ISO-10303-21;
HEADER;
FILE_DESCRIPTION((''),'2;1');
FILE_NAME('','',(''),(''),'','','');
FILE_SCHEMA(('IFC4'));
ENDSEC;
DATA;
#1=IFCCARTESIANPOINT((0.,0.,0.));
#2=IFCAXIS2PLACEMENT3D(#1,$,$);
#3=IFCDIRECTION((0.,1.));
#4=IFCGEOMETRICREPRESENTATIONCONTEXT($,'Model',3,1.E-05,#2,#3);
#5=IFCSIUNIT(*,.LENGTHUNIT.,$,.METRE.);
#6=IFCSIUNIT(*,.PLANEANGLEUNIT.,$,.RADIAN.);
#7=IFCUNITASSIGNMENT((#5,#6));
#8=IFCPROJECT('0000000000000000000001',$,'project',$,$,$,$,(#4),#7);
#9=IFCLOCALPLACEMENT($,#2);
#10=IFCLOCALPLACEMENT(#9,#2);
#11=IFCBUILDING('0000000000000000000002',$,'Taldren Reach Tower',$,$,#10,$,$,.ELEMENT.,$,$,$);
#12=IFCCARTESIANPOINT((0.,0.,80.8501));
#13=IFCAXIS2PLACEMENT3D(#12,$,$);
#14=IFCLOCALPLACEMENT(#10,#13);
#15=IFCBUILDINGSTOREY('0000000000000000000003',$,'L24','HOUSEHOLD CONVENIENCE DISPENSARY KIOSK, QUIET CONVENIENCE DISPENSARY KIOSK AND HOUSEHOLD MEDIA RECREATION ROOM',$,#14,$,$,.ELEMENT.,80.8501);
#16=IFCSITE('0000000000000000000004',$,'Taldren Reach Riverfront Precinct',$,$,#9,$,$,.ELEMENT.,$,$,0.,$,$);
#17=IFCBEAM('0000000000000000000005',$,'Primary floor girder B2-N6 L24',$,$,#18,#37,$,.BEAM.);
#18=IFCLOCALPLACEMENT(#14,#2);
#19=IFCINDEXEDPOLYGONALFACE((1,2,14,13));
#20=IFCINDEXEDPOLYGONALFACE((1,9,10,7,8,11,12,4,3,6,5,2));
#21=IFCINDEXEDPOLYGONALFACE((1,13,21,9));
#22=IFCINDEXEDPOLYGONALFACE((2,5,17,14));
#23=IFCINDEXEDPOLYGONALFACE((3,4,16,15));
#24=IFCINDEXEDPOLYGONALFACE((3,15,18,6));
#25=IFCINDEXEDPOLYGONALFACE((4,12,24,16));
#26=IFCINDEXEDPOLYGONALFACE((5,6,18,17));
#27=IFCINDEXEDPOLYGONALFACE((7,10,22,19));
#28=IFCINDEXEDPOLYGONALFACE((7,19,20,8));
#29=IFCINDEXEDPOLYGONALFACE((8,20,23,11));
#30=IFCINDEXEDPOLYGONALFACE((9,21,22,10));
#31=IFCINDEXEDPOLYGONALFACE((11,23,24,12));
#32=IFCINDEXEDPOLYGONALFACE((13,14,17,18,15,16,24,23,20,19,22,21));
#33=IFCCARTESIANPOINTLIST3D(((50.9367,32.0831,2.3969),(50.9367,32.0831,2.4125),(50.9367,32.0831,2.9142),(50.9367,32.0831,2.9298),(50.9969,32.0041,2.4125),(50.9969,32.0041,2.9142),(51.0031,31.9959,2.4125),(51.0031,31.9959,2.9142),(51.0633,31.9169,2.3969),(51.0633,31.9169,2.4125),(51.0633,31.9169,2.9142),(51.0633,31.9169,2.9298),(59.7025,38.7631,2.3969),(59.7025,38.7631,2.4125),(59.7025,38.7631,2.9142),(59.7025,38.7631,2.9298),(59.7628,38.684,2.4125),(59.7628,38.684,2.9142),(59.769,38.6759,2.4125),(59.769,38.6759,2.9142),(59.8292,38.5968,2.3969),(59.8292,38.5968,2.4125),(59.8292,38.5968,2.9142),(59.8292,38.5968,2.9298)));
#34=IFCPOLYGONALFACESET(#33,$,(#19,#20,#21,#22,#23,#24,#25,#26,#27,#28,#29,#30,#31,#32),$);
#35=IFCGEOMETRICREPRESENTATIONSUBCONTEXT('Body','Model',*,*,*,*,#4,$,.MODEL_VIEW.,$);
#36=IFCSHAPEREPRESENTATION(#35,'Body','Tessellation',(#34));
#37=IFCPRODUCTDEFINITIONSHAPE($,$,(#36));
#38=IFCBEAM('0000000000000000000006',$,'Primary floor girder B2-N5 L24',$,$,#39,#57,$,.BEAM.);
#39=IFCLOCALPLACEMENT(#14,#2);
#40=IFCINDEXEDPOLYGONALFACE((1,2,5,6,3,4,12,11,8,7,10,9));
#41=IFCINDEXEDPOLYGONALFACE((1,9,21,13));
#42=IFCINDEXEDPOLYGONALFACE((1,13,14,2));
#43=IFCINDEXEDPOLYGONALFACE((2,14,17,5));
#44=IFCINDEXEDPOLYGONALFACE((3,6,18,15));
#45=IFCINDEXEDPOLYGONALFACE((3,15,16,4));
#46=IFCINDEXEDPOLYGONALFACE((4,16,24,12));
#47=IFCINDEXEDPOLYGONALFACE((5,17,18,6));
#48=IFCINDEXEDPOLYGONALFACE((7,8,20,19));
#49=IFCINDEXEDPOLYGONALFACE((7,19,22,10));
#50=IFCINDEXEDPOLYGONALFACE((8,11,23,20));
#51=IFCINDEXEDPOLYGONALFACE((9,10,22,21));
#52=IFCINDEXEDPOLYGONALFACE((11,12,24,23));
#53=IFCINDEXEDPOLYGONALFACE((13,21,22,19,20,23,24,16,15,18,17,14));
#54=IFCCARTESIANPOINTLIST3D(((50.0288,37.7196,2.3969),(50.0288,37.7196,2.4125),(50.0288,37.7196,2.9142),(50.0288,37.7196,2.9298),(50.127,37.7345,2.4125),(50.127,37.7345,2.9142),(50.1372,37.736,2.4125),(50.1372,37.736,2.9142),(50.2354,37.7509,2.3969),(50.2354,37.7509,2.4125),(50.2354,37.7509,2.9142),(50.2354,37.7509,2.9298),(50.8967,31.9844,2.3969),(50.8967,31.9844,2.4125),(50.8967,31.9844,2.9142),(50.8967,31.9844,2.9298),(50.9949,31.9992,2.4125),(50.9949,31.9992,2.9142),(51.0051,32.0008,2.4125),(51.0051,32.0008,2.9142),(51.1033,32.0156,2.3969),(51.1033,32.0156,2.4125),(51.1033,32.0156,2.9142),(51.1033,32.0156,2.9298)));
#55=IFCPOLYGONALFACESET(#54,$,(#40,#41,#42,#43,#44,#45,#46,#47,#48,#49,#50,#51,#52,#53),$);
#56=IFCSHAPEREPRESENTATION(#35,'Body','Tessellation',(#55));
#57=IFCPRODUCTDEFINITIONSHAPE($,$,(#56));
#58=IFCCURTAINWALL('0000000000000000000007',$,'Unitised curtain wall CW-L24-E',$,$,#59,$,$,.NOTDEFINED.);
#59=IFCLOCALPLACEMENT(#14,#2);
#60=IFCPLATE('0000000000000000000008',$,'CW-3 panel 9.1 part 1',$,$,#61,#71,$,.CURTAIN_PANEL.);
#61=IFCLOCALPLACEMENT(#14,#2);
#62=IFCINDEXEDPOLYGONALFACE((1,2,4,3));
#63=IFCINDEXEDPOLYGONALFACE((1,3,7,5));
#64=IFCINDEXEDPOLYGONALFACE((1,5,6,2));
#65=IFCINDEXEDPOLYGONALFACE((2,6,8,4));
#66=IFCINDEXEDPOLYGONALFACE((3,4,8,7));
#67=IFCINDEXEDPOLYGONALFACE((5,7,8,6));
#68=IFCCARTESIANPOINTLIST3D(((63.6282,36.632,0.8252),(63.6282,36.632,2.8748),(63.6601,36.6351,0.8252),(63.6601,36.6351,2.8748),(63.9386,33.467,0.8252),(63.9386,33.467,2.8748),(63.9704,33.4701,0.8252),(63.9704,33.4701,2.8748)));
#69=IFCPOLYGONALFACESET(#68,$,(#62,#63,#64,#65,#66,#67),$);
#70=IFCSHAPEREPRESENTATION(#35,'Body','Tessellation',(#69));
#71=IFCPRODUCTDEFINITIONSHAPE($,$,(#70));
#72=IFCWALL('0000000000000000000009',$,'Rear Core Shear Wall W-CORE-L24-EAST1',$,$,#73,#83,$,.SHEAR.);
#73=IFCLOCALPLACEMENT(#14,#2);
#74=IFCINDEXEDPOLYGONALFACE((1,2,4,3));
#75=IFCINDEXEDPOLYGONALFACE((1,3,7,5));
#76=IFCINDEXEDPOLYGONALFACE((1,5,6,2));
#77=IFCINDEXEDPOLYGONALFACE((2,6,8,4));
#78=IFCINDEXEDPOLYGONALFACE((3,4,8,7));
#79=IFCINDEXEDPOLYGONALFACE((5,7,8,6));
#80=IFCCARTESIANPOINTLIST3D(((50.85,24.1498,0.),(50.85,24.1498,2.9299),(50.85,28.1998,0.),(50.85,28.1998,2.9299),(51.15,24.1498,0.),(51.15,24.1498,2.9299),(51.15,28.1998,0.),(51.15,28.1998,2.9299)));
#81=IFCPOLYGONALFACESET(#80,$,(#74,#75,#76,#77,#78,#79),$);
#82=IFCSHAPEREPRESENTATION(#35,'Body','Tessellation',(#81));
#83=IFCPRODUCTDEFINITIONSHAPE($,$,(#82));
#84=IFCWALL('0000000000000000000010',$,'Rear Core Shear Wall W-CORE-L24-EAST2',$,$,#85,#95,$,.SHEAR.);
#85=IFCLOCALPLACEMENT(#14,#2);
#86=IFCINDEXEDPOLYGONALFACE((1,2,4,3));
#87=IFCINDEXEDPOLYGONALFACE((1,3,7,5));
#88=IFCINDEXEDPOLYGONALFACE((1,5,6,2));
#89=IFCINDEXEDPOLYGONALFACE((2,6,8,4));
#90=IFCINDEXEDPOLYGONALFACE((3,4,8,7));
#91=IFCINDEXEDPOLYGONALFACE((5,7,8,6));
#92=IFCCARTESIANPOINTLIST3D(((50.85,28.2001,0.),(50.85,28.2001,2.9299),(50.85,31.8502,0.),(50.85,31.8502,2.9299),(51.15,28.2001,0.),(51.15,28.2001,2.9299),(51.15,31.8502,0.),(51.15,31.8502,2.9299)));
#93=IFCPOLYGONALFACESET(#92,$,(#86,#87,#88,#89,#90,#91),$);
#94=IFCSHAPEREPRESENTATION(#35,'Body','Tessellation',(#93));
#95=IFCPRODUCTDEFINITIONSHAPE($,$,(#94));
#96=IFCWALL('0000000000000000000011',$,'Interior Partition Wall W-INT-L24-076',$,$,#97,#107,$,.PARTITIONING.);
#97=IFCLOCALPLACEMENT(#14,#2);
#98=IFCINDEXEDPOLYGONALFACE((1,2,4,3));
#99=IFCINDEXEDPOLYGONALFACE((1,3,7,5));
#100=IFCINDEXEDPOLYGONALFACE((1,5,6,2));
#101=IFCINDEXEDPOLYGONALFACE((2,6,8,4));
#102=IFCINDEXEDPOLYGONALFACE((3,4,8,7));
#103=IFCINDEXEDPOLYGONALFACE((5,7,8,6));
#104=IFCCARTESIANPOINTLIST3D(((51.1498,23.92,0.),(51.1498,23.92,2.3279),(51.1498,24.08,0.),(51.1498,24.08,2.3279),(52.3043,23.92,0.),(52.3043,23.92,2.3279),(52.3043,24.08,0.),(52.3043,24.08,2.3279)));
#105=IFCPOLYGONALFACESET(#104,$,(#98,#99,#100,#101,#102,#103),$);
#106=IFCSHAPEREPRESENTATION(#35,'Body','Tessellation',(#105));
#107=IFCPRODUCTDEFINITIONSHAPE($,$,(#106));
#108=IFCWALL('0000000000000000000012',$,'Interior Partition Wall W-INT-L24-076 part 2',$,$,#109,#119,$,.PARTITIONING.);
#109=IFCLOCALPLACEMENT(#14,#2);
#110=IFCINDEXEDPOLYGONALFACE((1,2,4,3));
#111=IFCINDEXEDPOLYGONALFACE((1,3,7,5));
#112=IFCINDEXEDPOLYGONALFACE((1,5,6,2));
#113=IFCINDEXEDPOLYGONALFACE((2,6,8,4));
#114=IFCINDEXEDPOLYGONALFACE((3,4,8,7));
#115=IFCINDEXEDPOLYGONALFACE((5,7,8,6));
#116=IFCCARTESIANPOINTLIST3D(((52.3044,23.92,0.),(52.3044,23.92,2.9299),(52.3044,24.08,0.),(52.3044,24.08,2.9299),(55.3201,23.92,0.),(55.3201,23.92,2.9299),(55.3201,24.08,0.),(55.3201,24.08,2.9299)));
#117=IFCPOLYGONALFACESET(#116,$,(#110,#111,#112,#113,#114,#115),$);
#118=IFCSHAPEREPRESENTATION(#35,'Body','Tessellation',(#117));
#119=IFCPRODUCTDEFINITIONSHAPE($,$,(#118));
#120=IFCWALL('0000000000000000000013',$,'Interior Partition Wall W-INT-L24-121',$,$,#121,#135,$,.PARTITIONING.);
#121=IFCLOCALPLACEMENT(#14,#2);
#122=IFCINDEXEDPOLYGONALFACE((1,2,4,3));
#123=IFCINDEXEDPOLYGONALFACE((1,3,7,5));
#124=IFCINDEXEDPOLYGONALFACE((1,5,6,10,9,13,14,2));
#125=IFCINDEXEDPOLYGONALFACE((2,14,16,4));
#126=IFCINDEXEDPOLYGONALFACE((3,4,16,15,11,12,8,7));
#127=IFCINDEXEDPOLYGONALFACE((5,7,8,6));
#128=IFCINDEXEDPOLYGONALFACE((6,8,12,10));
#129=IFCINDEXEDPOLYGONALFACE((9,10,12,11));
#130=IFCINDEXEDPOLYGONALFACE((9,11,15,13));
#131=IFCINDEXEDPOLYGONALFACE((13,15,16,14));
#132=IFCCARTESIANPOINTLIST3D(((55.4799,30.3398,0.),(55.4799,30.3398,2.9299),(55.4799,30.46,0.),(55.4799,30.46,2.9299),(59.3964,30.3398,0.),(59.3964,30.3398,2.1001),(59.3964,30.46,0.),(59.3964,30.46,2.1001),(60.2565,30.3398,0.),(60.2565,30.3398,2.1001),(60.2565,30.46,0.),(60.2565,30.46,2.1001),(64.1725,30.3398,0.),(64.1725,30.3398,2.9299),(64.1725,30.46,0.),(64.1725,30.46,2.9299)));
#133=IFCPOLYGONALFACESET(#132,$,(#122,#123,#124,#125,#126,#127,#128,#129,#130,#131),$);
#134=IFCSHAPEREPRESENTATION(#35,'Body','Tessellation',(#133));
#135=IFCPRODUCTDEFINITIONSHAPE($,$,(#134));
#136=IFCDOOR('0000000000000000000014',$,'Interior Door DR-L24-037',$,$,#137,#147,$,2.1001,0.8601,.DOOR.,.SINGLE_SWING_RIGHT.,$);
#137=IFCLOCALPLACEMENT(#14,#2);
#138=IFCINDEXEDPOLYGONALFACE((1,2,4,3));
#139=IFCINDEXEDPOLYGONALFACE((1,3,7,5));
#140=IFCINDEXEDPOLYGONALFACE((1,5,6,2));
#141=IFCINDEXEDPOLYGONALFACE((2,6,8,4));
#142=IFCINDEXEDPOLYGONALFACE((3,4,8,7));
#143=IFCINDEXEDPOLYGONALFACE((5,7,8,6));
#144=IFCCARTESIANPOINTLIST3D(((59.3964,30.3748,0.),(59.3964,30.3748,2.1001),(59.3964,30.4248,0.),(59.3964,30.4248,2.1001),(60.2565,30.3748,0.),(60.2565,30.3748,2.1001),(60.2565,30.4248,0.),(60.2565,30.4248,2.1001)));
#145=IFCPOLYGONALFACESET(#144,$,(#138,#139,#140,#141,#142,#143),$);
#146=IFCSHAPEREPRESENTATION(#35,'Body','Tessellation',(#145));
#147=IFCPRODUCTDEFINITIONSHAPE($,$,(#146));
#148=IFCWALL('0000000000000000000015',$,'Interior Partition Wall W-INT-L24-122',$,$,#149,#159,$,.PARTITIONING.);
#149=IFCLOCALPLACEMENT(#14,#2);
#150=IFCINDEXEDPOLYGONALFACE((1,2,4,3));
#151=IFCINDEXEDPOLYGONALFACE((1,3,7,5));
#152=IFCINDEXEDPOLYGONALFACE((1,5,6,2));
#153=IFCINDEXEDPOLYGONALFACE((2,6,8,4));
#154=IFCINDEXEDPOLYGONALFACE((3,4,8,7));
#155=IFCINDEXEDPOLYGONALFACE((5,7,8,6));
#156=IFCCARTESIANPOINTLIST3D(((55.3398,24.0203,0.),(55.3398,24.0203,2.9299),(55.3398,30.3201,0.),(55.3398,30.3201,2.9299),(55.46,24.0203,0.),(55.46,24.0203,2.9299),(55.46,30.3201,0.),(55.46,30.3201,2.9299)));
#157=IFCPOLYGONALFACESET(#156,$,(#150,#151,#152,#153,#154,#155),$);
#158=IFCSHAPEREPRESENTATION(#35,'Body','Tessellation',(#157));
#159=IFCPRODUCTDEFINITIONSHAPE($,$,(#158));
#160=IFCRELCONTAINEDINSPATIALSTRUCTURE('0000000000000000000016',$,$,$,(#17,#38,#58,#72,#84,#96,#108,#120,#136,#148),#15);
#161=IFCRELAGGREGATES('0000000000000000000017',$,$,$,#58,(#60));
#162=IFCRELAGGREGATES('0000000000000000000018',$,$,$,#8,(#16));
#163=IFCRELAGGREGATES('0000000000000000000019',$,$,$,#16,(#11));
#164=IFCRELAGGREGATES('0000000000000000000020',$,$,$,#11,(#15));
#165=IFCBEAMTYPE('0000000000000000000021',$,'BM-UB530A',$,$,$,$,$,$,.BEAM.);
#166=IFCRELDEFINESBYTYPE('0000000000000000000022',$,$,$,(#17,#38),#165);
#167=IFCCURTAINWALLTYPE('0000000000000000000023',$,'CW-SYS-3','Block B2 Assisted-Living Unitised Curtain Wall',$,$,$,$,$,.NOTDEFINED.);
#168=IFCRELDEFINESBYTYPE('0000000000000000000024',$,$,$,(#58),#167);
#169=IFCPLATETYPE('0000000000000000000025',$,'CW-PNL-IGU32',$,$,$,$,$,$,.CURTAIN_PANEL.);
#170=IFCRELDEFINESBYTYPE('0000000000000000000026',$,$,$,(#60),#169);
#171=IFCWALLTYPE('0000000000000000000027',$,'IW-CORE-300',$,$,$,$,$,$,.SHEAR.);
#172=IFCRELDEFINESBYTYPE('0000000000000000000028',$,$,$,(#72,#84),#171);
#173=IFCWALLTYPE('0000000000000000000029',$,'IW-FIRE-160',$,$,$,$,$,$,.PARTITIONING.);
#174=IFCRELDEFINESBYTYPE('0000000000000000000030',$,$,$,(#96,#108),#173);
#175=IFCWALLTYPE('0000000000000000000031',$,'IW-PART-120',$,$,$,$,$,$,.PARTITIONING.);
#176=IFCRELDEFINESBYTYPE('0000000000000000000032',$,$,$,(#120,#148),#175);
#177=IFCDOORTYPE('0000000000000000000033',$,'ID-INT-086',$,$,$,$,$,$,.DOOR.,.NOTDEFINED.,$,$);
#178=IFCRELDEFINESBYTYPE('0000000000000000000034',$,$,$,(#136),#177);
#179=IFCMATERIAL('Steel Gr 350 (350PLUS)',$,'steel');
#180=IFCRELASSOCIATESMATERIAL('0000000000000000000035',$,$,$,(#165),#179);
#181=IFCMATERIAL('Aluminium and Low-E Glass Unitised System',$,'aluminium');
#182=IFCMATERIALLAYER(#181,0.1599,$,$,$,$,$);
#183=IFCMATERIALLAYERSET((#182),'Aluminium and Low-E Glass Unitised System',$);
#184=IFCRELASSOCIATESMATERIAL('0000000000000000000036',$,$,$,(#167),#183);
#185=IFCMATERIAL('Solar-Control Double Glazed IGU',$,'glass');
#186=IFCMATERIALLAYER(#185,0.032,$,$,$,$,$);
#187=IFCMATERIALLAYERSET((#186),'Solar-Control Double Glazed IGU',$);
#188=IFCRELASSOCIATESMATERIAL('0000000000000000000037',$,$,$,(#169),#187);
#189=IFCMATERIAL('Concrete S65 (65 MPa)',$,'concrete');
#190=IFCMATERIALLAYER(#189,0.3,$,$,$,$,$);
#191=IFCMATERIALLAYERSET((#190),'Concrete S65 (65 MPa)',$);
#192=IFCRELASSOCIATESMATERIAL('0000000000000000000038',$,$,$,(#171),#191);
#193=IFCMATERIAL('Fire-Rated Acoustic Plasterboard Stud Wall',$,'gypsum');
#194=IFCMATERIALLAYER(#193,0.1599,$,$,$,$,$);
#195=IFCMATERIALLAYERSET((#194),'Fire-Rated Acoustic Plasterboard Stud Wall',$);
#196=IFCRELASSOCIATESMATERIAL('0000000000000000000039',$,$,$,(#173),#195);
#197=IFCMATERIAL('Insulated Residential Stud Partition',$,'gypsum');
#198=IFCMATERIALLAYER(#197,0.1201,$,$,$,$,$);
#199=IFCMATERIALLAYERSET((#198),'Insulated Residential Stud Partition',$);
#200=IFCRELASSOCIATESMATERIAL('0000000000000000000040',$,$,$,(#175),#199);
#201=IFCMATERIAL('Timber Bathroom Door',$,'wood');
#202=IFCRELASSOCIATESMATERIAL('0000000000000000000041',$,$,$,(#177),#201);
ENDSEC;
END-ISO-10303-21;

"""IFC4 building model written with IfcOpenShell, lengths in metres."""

from ifc_helpers import new_model, si_unit, direction, frame, frame_2d, origin, origin_2d, place, context, subcontext, project, spatial, rectangle, i_section, extrude, source, transform, mapped, material, layer, layer_set, material_profile, profile_set, type_object, element, fill, aggregate, save


model = new_model("IFC4")

# Units and contexts
model_context = context("Model", 3, precision=1e-05, world=origin(), true_north=direction((0.0, 1.0)))
body_context = subcontext(model_context, "Body", "Model", "MODEL_VIEW")
ifc_project = project(units=[si_unit("LENGTHUNIT", "METRE"), si_unit("PLANEANGLEUNIT", "RADIAN")], contexts=[model_context])

# Site, building, storey
site_placement = place(None, origin())
site = spatial("IfcSite", under=ifc_project, at=site_placement, Name="Taldren Reach Riverfront Precinct", CompositionType="ELEMENT", RefElevation=0.0)
building_placement = place(site_placement, origin())
building = spatial("IfcBuilding", under=site, at=building_placement, Name="Taldren Reach Tower", CompositionType="ELEMENT")
storey_placement = place(building_placement, frame((0.0, 0.0, 80.8501)))
storey = spatial("IfcBuildingStorey", under=building, at=storey_placement, Name="L24", Description="HOUSEHOLD CONVENIENCE DISPENSARY KIOSK, QUIET CONVENIENCE DISPENSARY KIOSK AND HOUSEHOLD MEDIA RECREATION ROOM", CompositionType="ELEMENT", Elevation=80.8501)

# Shared definitions
ifc_material_1 = material(Name="Concrete S65 (65 MPa)", Category="concrete")
ifc_material_2 = material(Name="Steel Gr 350 (350PLUS)", Category="steel")

# Beams
ifc_material_profile_1 = material_profile(ifc_material_2, i_section(OverallWidth=0.209, OverallDepth=0.533, WebThickness=0.0103, FlangeThickness=0.0156, at=origin_2d()), Name="530UB92.4")
ifc_profile_set_1 = profile_set([ifc_material_profile_1], Name="Steel Gr 350 (350PLUS)")
beam_type_1 = type_object("IfcBeamType", Name="BM-UB530A", PredefinedType="BEAM", material=ifc_profile_set_1)
shared_shape_1 = source(origin(), body_context, "Body", "SweptSolid", [
    extrude(i_section(OverallWidth=0.209, OverallDepth=0.533, WebThickness=0.0103, FlangeThickness=0.0156, at=origin_2d()), origin(), (0.0, 0.0, 1.0), 11.021),
])
beam_1_placement = place(storey_placement, frame((51.0, 32.0, 2.6633), z_axis=(0.79538, 0.606111, 0.0), x_axis=(-0.606111, 0.79538, 0.0)))
element("IfcBeam", 1, at=beam_1_placement, inside=storey, type_object=beam_type_1, Name="Primary floor girder B2-N6 L24", PredefinedType="BEAM", context=body_context, shape_type="MappedRepresentation", body=[
    mapped(shared_shape_1, transform((0.0, 0.0, 0.0), scale=1.0)),
])
shared_shape_2 = source(origin(), body_context, "Body", "SweptSolid", [
    extrude(i_section(OverallWidth=0.209, OverallDepth=0.533, WebThickness=0.0103, FlangeThickness=0.0156, at=origin_2d()), origin(), (0.0, 0.0, 1.0), 5.8005),
])
beam_2_placement = place(storey_placement, frame((51.0, 32.0, 2.6633), z_axis=(-0.149625, 0.988743, 0.0), x_axis=(-0.988743, -0.149625, 0.0)))
element("IfcBeam", 2, at=beam_2_placement, inside=storey, type_object=beam_type_1, Name="Primary floor girder B2-N5 L24", PredefinedType="BEAM", context=body_context, shape_type="MappedRepresentation", body=[
    mapped(shared_shape_2, transform((0.0, 0.0, 0.0), scale=1.0)),
])

# Curtain wall, plate
ifc_material_3 = material(Name="Aluminium and Low-E Glass Unitised System", Category="aluminium")
ifc_layer_1 = layer(ifc_material_3, 0.1599)
ifc_layer_set_1 = layer_set([ifc_layer_1], Name="Aluminium and Low-E Glass Unitised System")
curtain_wall_type = type_object("IfcCurtainWallType", Name="CW-SYS-3", Description="Block B2 Assisted-Living Unitised Curtain Wall", PredefinedType="NOTDEFINED", material=ifc_layer_set_1)
curtain_wall_placement = place(storey_placement, origin())
curtain_wall = element("IfcCurtainWall", 3, at=curtain_wall_placement, inside=storey, type_object=curtain_wall_type, Name="Unitised curtain wall CW-L24-E", PredefinedType="NOTDEFINED")
ifc_material_4 = material(Name="Solar-Control Double Glazed IGU", Category="glass")
ifc_layer_2 = layer(ifc_material_4, 0.032)
ifc_layer_set_2 = layer_set([ifc_layer_2], Name="Solar-Control Double Glazed IGU")
plate_type = type_object("IfcPlateType", Name="CW-PNL-IGU32", PredefinedType="CURTAIN_PANEL", material=ifc_layer_set_2)
shared_shape_3 = source(origin(), body_context, "Body", "SweptSolid", [
    extrude(rectangle(XDim=3.1802, YDim=0.032, at=origin_2d()), origin(), (0.0, 0.0, 1.0), 2.0496),
])
plate_placement = place(storey_placement, frame((63.7993, 35.051, 0.8252), z_axis=(0.0, 0.0, 1.0), x_axis=(-0.097583, 0.995227, 0.0)))
plate = element("IfcPlate", 4, at=plate_placement, type_object=plate_type, Name="CW-3 panel 9.1 part 1", PredefinedType="CURTAIN_PANEL", context=body_context, shape_type="MappedRepresentation", body=[
    mapped(shared_shape_3, transform((0.0, 0.0, 0.0), scale=1.0)),
])
aggregate(curtain_wall, [plate])

# Walls
ifc_layer_3 = layer(ifc_material_1, 0.3)
ifc_layer_set_3 = layer_set([ifc_layer_3], Name="Concrete S65 (65 MPa)")
wall_type_1 = type_object("IfcWallType", Name="IW-CORE-300", PredefinedType="SHEAR", material=ifc_layer_set_3)
shared_shape_4 = source(origin(), body_context, "Body", "SweptSolid", [
    extrude(rectangle(XDim=4.05, YDim=0.3, at=frame_2d((2.0249, 0.0))), origin(), (0.0, 0.0, 1.0), 2.9299),
])
wall_1_placement = place(storey_placement, frame((51.0, 24.1499, 0.0), z_axis=(0.0, 0.0, 1.0), x_axis=(0.0, 1.0, 0.0)))
element("IfcWall", 5, at=wall_1_placement, inside=storey, type_object=wall_type_1, Name="Rear Core Shear Wall W-CORE-L24-EAST1", PredefinedType="SHEAR", context=body_context, shape_type="MappedRepresentation", body=[
    mapped(shared_shape_4, transform((0.0, 0.0, 0.0), scale=1.0)),
])
shared_shape_5 = source(origin(), body_context, "Body", "SweptSolid", [
    extrude(rectangle(XDim=3.6501, YDim=0.3, at=frame_2d((1.8252, 0.0))), origin(), (0.0, 0.0, 1.0), 2.9299),
])
wall_2_placement = place(storey_placement, frame((51.0, 28.2, 0.0), z_axis=(0.0, 0.0, 1.0), x_axis=(0.0, 1.0, 0.0)))
element("IfcWall", 6, at=wall_2_placement, inside=storey, type_object=wall_type_1, Name="Rear Core Shear Wall W-CORE-L24-EAST2", PredefinedType="SHEAR", context=body_context, shape_type="MappedRepresentation", body=[
    mapped(shared_shape_5, transform((0.0, 0.0, 0.0), scale=1.0)),
])
ifc_material_5 = material(Name="Fire-Rated Acoustic Plasterboard Stud Wall", Category="gypsum")
ifc_layer_4 = layer(ifc_material_5, 0.1599)
ifc_layer_set_4 = layer_set([ifc_layer_4], Name="Fire-Rated Acoustic Plasterboard Stud Wall")
wall_type_2 = type_object("IfcWallType", Name="IW-FIRE-160", PredefinedType="PARTITIONING", material=ifc_layer_set_4)
shared_shape_6 = source(origin(), body_context, "Body", "SweptSolid", [
    extrude(rectangle(XDim=1.1545, YDim=0.1599, at=frame_2d((0.5771, 0.0))), origin(), (0.0, 0.0, 1.0), 2.3279),
])
wall_3_placement = place(storey_placement, frame((51.1499, 24.0, 0.0), z_axis=(0.0, 0.0, 1.0), x_axis=(1.0, 0.0, 0.0)))
element("IfcWall", 7, at=wall_3_placement, inside=storey, type_object=wall_type_2, Name="Interior Partition Wall W-INT-L24-076", PredefinedType="PARTITIONING", context=body_context, shape_type="MappedRepresentation", body=[
    mapped(shared_shape_6, transform((0.0, 0.0, 0.0), scale=1.0)),
])
shared_shape_7 = source(origin(), body_context, "Body", "SweptSolid", [
    extrude(rectangle(XDim=3.0156, YDim=0.1599, at=frame_2d((1.5078, 0.0))), origin(), (0.0, 0.0, 1.0), 2.9299),
])
wall_4_placement = place(storey_placement, frame((52.3044, 24.0, 0.0), z_axis=(0.0, 0.0, 1.0), x_axis=(1.0, 0.0, 0.0)))
element("IfcWall", 8, at=wall_4_placement, inside=storey, type_object=wall_type_2, Name="Interior Partition Wall W-INT-L24-076 part 2", PredefinedType="PARTITIONING", context=body_context, shape_type="MappedRepresentation", body=[
    mapped(shared_shape_7, transform((0.0, 0.0, 0.0), scale=1.0)),
])

# Wall, opening, door
ifc_material_6 = material(Name="Insulated Residential Stud Partition", Category="gypsum")
ifc_layer_5 = layer(ifc_material_6, 0.1201)
ifc_layer_set_5 = layer_set([ifc_layer_5], Name="Insulated Residential Stud Partition")
wall_type_3 = type_object("IfcWallType", Name="IW-PART-120", PredefinedType="PARTITIONING", material=ifc_layer_set_5)
shared_shape_8 = source(origin(), body_context, "Body", "SweptSolid", [
    extrude(rectangle(XDim=8.6926, YDim=0.1201, at=frame_2d((4.3462, 0.0))), origin(), (0.0, 0.0, 1.0), 2.9299),
])
wall_5_placement = place(storey_placement, frame((55.48, 30.3999, 0.0), z_axis=(0.0, 0.0, 1.0), x_axis=(1.0, 0.0, 0.0)))
wall_5 = element("IfcWall", 9, at=wall_5_placement, inside=storey, type_object=wall_type_3, Name="Interior Partition Wall W-INT-L24-121", PredefinedType="PARTITIONING", context=body_context, shape_type="MappedRepresentation", body=[
    mapped(shared_shape_8, transform((0.0, 0.0, 0.0), scale=1.0)),
])
shared_shape_9 = source(origin(), body_context, "Body", "SweptSolid", [
    extrude(rectangle(XDim=0.8601, YDim=2.1001, at=frame_2d((0.4302, 1.05))), frame((0.0, 0.0701, 0.0), z_axis=(0.0, -1.0, 0.0), x_axis=(1.0, 0.0, 0.0)), (0.0, 0.0, 1.0), 0.1401),
])
opening_placement = place(wall_5_placement, frame((3.9163, 0.0, 0.0)))
opening = element("IfcOpeningElement", 10, at=opening_placement, cuts=wall_5, PredefinedType="OPENING", context=body_context, shape_type="MappedRepresentation", body=[
    mapped(shared_shape_9, transform((0.0, 0.0, 0.0), scale=1.0)),
])
ifc_material_7 = material(Name="Timber Bathroom Door", Category="wood")
door_type = type_object("IfcDoorType", Name="ID-INT-086", OperationType="NOTDEFINED", PredefinedType="DOOR", material=ifc_material_7)
shared_shape_10 = source(origin(), body_context, "Body", "SweptSolid", [
    extrude(rectangle(XDim=0.8601, YDim=2.1001, at=frame_2d((0.4302, 1.05))), frame((0.0, 0.0249, 0.0), z_axis=(0.0, -1.0, 0.0), x_axis=(1.0, 0.0, 0.0)), (0.0, 0.0, 1.0), 0.05),
])
door_placement = place(opening_placement, origin())
door = element("IfcDoor", 11, at=door_placement, inside=storey, type_object=door_type, Name="Interior Door DR-L24-037", OperationType="SINGLE_SWING_RIGHT", OverallHeight=2.1001, OverallWidth=0.8601, PredefinedType="DOOR", context=body_context, shape_type="MappedRepresentation", body=[
    mapped(shared_shape_10, transform((0.0, 0.0, 0.0), scale=1.0)),
])
fill(opening, door)

# Wall
shared_shape_11 = source(origin(), body_context, "Body", "SweptSolid", [
    extrude(rectangle(XDim=6.2998, YDim=0.1201, at=frame_2d((3.1499, 0.0))), origin(), (0.0, 0.0, 1.0), 2.9299),
])
wall_6_placement = place(storey_placement, frame((55.3999, 24.0203, 0.0), z_axis=(0.0, 0.0, 1.0), x_axis=(0.0, 1.0, 0.0)))
element("IfcWall", 12, at=wall_6_placement, inside=storey, type_object=wall_type_3, Name="Interior Partition Wall W-INT-L24-122", PredefinedType="PARTITIONING", context=body_context, shape_type="MappedRepresentation", body=[
    mapped(shared_shape_11, transform((0.0, 0.0, 0.0), scale=1.0)),
])

save(model, "model.ifc")
